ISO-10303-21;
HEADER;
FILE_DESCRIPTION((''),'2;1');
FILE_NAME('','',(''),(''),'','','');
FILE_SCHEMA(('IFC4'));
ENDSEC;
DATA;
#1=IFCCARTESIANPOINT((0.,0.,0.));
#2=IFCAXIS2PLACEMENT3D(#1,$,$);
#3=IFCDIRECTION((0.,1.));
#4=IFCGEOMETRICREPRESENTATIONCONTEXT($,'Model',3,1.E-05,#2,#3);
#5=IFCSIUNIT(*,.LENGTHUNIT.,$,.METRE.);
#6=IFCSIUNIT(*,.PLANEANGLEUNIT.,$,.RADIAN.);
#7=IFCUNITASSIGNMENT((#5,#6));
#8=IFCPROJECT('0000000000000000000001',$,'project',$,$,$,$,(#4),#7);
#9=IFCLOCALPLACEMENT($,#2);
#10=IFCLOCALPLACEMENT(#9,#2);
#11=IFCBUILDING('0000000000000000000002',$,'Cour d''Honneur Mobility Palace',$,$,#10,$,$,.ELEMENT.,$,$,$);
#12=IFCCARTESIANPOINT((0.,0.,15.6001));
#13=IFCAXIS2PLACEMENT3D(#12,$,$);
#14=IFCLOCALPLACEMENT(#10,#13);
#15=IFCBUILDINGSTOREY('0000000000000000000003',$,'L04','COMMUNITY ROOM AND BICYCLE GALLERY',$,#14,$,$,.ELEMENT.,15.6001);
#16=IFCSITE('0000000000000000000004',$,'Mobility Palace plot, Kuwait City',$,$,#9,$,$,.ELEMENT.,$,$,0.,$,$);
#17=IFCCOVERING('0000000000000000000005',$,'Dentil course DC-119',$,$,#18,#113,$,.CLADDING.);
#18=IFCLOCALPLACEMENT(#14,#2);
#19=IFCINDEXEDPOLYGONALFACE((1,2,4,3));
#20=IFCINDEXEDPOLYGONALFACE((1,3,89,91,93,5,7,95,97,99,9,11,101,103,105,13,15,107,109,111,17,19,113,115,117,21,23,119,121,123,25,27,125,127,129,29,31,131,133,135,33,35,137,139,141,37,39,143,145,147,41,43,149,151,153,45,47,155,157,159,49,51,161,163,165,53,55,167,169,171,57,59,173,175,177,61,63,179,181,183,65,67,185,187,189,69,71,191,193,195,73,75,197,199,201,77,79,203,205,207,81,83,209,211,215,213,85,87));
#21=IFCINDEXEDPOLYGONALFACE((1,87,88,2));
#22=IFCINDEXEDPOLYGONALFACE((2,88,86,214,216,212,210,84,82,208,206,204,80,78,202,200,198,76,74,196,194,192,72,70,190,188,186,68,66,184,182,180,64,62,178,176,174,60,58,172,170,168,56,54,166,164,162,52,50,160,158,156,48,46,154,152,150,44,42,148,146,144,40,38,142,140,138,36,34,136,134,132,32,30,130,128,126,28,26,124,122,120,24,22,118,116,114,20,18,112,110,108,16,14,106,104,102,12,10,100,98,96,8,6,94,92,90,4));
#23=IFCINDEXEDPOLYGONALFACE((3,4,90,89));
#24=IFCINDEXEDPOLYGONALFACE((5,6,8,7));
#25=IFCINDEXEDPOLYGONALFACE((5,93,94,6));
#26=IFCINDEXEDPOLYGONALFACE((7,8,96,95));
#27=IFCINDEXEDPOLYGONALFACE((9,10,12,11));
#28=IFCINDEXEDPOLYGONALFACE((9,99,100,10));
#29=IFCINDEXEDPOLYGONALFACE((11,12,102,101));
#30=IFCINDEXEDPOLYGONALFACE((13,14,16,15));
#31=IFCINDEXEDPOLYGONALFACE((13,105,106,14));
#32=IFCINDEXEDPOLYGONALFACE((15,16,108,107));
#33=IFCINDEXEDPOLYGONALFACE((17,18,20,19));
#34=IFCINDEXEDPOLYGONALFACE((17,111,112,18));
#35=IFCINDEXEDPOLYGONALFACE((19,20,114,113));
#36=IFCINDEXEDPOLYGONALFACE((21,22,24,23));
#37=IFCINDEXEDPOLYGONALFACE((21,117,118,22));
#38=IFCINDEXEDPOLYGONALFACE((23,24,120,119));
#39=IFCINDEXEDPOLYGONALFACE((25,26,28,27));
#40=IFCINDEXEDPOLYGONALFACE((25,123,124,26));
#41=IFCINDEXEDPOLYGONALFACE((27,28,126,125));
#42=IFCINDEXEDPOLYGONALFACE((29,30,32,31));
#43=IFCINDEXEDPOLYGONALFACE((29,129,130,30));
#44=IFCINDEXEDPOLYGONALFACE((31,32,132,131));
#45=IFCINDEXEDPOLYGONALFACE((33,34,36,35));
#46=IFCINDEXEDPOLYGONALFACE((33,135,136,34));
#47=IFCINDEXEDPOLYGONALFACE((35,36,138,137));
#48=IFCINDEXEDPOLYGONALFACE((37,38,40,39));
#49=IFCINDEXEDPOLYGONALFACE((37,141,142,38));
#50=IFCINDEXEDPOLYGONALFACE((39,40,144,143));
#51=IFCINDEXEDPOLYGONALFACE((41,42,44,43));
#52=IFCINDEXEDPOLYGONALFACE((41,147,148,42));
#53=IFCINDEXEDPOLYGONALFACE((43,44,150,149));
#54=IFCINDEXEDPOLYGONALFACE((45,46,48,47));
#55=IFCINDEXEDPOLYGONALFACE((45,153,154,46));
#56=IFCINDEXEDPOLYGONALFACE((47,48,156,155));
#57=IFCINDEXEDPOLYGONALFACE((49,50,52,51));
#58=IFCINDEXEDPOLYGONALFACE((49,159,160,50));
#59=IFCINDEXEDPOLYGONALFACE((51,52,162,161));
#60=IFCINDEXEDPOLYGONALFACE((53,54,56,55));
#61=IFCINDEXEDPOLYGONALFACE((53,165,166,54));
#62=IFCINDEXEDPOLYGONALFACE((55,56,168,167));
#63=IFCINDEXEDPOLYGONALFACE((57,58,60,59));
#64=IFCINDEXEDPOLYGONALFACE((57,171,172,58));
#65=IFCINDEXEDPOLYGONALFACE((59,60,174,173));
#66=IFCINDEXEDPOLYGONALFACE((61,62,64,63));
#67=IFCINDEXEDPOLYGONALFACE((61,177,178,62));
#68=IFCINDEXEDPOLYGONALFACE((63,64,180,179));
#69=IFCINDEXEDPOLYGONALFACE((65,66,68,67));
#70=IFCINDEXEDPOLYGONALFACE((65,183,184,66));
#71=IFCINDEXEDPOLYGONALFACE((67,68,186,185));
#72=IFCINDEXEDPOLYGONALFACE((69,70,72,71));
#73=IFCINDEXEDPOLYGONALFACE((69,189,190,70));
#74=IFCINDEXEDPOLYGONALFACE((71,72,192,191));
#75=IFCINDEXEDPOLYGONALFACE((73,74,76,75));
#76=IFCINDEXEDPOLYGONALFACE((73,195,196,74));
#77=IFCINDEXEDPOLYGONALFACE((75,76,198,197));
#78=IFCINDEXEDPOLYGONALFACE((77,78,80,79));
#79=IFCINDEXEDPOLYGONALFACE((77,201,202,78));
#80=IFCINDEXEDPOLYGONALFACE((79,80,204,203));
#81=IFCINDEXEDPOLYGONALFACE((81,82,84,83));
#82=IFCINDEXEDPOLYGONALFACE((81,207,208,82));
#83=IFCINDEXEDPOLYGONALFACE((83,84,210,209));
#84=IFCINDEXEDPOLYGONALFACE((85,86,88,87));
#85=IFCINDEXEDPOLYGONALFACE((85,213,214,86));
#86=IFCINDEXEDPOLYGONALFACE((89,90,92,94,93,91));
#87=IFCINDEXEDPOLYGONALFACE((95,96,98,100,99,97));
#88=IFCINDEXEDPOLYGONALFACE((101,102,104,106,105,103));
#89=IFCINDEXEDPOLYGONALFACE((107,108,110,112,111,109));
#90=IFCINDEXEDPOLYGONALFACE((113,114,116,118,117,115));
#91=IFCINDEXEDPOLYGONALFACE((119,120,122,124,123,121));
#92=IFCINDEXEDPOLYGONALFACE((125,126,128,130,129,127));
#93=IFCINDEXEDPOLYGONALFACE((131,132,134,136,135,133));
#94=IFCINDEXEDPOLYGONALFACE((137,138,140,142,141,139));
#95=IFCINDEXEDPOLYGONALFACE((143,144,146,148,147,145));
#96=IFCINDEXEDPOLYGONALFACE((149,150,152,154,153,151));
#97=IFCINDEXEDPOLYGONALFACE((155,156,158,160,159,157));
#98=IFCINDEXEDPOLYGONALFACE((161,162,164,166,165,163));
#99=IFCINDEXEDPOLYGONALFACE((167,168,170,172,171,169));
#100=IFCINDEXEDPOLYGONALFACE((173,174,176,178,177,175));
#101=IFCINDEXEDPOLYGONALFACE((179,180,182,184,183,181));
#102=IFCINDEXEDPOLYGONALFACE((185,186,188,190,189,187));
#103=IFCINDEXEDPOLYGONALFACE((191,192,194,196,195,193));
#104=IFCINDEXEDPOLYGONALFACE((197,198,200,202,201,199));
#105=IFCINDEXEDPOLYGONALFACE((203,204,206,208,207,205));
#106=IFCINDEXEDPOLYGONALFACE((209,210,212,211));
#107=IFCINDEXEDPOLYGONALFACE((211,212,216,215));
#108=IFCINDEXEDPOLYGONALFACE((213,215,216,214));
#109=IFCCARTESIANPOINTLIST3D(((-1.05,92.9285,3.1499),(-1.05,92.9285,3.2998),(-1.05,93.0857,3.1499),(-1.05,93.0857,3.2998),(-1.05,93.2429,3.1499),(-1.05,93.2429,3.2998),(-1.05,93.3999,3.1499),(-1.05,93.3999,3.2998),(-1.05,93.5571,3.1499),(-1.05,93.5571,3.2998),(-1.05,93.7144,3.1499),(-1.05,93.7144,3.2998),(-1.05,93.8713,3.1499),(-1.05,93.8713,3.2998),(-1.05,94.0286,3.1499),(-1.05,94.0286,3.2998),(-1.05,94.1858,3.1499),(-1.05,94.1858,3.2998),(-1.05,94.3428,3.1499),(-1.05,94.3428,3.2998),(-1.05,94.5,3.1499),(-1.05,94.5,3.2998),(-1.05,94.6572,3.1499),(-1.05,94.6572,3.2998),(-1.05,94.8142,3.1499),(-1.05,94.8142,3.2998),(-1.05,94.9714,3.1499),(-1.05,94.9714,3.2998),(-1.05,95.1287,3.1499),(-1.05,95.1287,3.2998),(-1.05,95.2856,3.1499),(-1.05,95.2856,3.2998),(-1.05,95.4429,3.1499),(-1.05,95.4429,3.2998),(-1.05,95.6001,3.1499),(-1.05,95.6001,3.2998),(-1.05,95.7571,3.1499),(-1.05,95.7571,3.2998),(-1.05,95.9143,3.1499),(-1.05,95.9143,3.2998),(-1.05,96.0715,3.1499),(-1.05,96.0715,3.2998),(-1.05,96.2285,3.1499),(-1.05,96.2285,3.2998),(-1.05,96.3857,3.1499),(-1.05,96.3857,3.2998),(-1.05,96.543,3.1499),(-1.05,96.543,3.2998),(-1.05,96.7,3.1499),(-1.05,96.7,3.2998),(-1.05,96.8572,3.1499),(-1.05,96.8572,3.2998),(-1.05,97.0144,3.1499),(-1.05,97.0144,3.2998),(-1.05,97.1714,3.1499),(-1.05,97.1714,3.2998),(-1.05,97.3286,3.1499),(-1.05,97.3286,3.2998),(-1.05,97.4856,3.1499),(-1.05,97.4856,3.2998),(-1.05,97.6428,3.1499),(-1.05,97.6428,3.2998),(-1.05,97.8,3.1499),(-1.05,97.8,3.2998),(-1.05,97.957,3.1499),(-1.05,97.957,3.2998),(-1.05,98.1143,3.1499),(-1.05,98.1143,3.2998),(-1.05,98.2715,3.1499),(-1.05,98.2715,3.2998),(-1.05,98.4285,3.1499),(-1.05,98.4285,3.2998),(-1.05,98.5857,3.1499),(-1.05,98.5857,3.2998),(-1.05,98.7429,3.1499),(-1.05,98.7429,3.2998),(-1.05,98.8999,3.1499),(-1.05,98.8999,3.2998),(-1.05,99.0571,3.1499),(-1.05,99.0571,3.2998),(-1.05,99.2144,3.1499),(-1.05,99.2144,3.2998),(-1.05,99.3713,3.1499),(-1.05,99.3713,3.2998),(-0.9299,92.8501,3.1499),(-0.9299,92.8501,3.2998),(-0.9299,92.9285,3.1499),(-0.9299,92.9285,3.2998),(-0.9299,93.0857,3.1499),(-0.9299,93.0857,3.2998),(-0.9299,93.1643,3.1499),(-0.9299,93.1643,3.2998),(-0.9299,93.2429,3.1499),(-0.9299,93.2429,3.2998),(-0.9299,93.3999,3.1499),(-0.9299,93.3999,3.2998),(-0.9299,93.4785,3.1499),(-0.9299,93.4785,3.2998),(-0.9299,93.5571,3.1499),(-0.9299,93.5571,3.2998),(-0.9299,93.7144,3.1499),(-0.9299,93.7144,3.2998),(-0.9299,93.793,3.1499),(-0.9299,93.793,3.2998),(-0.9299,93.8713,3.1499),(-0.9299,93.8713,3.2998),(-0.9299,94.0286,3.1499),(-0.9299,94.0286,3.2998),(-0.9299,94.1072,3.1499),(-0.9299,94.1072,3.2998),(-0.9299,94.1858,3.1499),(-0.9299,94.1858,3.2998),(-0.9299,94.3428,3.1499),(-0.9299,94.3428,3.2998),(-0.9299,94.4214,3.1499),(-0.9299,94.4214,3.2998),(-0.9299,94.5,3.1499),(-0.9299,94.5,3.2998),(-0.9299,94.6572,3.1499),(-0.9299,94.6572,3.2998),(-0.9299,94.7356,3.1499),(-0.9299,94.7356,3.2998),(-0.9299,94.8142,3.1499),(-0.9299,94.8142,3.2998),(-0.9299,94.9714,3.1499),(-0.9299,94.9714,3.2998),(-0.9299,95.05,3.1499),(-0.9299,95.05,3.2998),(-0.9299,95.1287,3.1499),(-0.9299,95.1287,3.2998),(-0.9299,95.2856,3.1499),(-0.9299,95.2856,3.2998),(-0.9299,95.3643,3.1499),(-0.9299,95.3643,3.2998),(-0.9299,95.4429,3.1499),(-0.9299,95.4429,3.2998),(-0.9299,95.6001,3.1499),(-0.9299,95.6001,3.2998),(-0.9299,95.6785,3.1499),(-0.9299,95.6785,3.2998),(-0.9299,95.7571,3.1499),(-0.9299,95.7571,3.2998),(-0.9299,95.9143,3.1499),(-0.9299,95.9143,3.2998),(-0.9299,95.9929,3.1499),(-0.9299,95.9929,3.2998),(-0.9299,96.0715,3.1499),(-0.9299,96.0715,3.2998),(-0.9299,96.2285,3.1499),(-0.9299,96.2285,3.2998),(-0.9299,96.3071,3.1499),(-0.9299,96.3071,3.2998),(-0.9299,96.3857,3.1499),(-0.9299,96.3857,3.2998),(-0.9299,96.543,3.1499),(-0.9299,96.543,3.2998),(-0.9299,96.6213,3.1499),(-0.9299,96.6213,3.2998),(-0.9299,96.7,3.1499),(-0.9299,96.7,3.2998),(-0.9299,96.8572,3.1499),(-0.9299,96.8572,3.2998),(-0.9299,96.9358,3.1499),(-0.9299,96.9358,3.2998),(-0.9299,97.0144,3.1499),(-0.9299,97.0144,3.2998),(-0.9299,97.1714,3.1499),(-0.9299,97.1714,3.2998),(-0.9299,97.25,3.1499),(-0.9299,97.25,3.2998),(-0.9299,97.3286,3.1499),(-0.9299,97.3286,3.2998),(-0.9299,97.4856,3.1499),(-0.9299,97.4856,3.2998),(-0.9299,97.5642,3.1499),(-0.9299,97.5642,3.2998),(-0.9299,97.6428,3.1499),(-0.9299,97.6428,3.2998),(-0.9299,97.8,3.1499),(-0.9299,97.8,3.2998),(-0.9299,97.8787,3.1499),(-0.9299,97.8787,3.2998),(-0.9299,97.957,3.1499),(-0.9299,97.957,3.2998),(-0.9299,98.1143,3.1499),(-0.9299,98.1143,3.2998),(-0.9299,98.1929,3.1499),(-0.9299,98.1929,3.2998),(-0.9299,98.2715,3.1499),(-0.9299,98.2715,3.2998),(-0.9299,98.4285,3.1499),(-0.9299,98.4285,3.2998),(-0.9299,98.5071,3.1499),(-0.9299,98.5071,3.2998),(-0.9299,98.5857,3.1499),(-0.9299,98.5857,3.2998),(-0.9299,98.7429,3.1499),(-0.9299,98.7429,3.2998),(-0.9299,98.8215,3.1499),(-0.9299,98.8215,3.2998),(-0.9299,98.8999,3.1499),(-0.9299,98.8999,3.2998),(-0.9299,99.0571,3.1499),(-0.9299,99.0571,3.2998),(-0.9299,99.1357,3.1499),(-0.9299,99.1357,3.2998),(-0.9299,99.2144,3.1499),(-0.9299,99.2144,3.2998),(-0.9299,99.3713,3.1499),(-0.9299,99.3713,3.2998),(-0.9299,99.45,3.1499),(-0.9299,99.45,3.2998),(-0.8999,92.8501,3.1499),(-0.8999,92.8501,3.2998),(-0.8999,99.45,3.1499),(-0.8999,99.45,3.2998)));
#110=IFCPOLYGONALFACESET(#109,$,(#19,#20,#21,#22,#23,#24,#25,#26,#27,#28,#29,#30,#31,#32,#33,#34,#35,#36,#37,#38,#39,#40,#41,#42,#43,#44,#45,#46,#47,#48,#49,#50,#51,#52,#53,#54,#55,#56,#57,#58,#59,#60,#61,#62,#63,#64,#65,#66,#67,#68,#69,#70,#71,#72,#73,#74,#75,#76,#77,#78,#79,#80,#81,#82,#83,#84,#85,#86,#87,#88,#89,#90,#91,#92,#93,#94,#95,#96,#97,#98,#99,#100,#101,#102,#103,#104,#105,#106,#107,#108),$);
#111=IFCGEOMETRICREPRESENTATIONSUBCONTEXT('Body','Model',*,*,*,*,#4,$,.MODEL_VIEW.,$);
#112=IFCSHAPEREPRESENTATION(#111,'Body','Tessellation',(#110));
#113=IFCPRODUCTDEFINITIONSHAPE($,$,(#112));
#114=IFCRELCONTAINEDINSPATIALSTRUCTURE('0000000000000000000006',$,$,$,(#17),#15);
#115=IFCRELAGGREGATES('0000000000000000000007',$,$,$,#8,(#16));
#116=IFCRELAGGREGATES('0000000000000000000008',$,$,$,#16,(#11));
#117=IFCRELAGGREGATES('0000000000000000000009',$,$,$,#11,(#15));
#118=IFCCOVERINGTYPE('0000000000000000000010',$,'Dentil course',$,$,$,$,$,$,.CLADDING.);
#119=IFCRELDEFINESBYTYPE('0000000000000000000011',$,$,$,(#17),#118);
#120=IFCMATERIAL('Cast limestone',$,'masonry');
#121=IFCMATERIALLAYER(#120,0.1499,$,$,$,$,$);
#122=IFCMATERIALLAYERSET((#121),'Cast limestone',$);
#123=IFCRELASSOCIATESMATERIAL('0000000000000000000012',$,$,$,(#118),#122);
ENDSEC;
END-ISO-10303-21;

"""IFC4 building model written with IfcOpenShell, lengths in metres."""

from ifc_helpers import new_model, si_unit, direction, frame, origin, place, context, subcontext, project, spatial, polyline, outline, extrude, material, layer, layer_set, type_object, element, save


model = new_model("IFC4")

# Units and contexts
model_context = context("Model", 3, precision=1e-05, world=origin(), true_north=direction((0.0, 1.0)))
body_context = subcontext(model_context, "Body", "Model", "MODEL_VIEW")
ifc_project = project(units=[si_unit("LENGTHUNIT", "METRE"), si_unit("PLANEANGLEUNIT", "RADIAN")], contexts=[model_context])

# Site, building, storey
site_placement = place(None, origin())
site = spatial("IfcSite", under=ifc_project, at=site_placement, Name="Mobility Palace plot, Kuwait City", CompositionType="ELEMENT", RefElevation=0.0)
building_placement = place(site_placement, origin())
building = spatial("IfcBuilding", under=site, at=building_placement, Name="Cour d'Honneur Mobility Palace", CompositionType="ELEMENT")
storey_placement = place(building_placement, frame((0.0, 0.0, 15.6001)))
storey = spatial("IfcBuildingStorey", under=building, at=storey_placement, Name="L04", Description="COMMUNITY ROOM AND BICYCLE GALLERY", CompositionType="ELEMENT", Elevation=15.6001)

# Covering
ifc_material = material(Name="Cast limestone", Category="masonry")
ifc_layer = layer(ifc_material, 0.1499)
ifc_layer_set = layer_set([ifc_layer], Name="Cast limestone")
covering_type = type_object("IfcCoveringType", Name="Dentil course", PredefinedType="CLADDING", material=ifc_layer_set)
covering_1_placement = place(storey_placement, frame((0.0, 0.0, 3.1499)))
element("IfcCovering", 1, at=covering_1_placement, inside=storey, type_object=covering_type, Name="Dentil course DC-119", PredefinedType="CLADDING", context=body_context, shape_type="SweptSolid", body=[
    extrude(outline(polyline([(-0.8999, 99.45), (-0.8999, 92.8501), (-0.9299, 92.8501), (-0.9299, 92.8501), (-0.9299, 92.9285), (-1.05, 92.9285), (-1.05, 93.0857), (-0.9299, 93.0857), (-0.9299, 93.1643), (-0.9299, 93.1643), (-0.9299, 93.2429), (-1.05, 93.2429), (-1.05, 93.3999), (-0.9299, 93.3999), (-0.9299, 93.4785), (-0.9299, 93.4785), (-0.9299, 93.5571), (-1.05, 93.5571), (-1.05, 93.7144), (-0.9299, 93.7144), (-0.9299, 93.793), (-0.9299, 93.793), (-0.9299, 93.8713), (-1.05, 93.8713), (-1.05, 94.0286), (-0.9299, 94.0286), (-0.9299, 94.1072), (-0.9299, 94.1072), (-0.9299, 94.1858), (-1.05, 94.1858), (-1.05, 94.3428), (-0.9299, 94.3428), (-0.9299, 94.4214), (-0.9299, 94.4214), (-0.9299, 94.5), (-1.05, 94.5), (-1.05, 94.6572), (-0.9299, 94.6572), (-0.9299, 94.7356), (-0.9299, 94.7356), (-0.9299, 94.8142), (-1.05, 94.8142), (-1.05, 94.9714), (-0.9299, 94.9714), (-0.9299, 95.05), (-0.9299, 95.05), (-0.9299, 95.1287), (-1.05, 95.1287), (-1.05, 95.2856), (-0.9299, 95.2856), (-0.9299, 95.3643), (-0.9299, 95.3643), (-0.9299, 95.4429), (-1.05, 95.4429), (-1.05, 95.6001), (-0.9299, 95.6001), (-0.9299, 95.6785), (-0.9299, 95.6785), (-0.9299, 95.7571), (-1.05, 95.7571), (-1.05, 95.9143), (-0.9299, 95.9143), (-0.9299, 95.9929), (-0.9299, 95.9929), (-0.9299, 96.0715), (-1.05, 96.0715), (-1.05, 96.2285), (-0.9299, 96.2285), (-0.9299, 96.3071), (-0.9299, 96.3071), (-0.9299, 96.3857), (-1.05, 96.3857), (-1.05, 96.543), (-0.9299, 96.543), (-0.9299, 96.6213), (-0.9299, 96.6213), (-0.9299, 96.7), (-1.05, 96.7), (-1.05, 96.8572), (-0.9299, 96.8572), (-0.9299, 96.9358), (-0.9299, 96.9358), (-0.9299, 97.0144), (-1.05, 97.0144), (-1.05, 97.1714), (-0.9299, 97.1714), (-0.9299, 97.25), (-0.9299, 97.25), (-0.9299, 97.3286), (-1.05, 97.3286), (-1.05, 97.4856), (-0.9299, 97.4856), (-0.9299, 97.5642), (-0.9299, 97.5642), (-0.9299, 97.6428), (-1.05, 97.6428), (-1.05, 97.8), (-0.9299, 97.8), (-0.9299, 97.8787), (-0.9299, 97.8787), (-0.9299, 97.957), (-1.05, 97.957), (-1.05, 98.1143), (-0.9299, 98.1143), (-0.9299, 98.1929), (-0.9299, 98.1929), (-0.9299, 98.2715), (-1.05, 98.2715), (-1.05, 98.4285), (-0.9299, 98.4285), (-0.9299, 98.5071), (-0.9299, 98.5071), (-0.9299, 98.5857), (-1.05, 98.5857), (-1.05, 98.7429), (-0.9299, 98.7429), (-0.9299, 98.8215), (-0.9299, 98.8215), (-0.9299, 98.8999), (-1.05, 98.8999), (-1.05, 99.0571), (-0.9299, 99.0571), (-0.9299, 99.1357), (-0.9299, 99.1357), (-0.9299, 99.2144), (-1.05, 99.2144), (-1.05, 99.3713), (-0.9299, 99.3713), (-0.9299, 99.45), (-0.8999, 99.45)])), origin(), (0.0, 0.0, 1.0), 0.1499),
])

save(model, "model.ifc")
